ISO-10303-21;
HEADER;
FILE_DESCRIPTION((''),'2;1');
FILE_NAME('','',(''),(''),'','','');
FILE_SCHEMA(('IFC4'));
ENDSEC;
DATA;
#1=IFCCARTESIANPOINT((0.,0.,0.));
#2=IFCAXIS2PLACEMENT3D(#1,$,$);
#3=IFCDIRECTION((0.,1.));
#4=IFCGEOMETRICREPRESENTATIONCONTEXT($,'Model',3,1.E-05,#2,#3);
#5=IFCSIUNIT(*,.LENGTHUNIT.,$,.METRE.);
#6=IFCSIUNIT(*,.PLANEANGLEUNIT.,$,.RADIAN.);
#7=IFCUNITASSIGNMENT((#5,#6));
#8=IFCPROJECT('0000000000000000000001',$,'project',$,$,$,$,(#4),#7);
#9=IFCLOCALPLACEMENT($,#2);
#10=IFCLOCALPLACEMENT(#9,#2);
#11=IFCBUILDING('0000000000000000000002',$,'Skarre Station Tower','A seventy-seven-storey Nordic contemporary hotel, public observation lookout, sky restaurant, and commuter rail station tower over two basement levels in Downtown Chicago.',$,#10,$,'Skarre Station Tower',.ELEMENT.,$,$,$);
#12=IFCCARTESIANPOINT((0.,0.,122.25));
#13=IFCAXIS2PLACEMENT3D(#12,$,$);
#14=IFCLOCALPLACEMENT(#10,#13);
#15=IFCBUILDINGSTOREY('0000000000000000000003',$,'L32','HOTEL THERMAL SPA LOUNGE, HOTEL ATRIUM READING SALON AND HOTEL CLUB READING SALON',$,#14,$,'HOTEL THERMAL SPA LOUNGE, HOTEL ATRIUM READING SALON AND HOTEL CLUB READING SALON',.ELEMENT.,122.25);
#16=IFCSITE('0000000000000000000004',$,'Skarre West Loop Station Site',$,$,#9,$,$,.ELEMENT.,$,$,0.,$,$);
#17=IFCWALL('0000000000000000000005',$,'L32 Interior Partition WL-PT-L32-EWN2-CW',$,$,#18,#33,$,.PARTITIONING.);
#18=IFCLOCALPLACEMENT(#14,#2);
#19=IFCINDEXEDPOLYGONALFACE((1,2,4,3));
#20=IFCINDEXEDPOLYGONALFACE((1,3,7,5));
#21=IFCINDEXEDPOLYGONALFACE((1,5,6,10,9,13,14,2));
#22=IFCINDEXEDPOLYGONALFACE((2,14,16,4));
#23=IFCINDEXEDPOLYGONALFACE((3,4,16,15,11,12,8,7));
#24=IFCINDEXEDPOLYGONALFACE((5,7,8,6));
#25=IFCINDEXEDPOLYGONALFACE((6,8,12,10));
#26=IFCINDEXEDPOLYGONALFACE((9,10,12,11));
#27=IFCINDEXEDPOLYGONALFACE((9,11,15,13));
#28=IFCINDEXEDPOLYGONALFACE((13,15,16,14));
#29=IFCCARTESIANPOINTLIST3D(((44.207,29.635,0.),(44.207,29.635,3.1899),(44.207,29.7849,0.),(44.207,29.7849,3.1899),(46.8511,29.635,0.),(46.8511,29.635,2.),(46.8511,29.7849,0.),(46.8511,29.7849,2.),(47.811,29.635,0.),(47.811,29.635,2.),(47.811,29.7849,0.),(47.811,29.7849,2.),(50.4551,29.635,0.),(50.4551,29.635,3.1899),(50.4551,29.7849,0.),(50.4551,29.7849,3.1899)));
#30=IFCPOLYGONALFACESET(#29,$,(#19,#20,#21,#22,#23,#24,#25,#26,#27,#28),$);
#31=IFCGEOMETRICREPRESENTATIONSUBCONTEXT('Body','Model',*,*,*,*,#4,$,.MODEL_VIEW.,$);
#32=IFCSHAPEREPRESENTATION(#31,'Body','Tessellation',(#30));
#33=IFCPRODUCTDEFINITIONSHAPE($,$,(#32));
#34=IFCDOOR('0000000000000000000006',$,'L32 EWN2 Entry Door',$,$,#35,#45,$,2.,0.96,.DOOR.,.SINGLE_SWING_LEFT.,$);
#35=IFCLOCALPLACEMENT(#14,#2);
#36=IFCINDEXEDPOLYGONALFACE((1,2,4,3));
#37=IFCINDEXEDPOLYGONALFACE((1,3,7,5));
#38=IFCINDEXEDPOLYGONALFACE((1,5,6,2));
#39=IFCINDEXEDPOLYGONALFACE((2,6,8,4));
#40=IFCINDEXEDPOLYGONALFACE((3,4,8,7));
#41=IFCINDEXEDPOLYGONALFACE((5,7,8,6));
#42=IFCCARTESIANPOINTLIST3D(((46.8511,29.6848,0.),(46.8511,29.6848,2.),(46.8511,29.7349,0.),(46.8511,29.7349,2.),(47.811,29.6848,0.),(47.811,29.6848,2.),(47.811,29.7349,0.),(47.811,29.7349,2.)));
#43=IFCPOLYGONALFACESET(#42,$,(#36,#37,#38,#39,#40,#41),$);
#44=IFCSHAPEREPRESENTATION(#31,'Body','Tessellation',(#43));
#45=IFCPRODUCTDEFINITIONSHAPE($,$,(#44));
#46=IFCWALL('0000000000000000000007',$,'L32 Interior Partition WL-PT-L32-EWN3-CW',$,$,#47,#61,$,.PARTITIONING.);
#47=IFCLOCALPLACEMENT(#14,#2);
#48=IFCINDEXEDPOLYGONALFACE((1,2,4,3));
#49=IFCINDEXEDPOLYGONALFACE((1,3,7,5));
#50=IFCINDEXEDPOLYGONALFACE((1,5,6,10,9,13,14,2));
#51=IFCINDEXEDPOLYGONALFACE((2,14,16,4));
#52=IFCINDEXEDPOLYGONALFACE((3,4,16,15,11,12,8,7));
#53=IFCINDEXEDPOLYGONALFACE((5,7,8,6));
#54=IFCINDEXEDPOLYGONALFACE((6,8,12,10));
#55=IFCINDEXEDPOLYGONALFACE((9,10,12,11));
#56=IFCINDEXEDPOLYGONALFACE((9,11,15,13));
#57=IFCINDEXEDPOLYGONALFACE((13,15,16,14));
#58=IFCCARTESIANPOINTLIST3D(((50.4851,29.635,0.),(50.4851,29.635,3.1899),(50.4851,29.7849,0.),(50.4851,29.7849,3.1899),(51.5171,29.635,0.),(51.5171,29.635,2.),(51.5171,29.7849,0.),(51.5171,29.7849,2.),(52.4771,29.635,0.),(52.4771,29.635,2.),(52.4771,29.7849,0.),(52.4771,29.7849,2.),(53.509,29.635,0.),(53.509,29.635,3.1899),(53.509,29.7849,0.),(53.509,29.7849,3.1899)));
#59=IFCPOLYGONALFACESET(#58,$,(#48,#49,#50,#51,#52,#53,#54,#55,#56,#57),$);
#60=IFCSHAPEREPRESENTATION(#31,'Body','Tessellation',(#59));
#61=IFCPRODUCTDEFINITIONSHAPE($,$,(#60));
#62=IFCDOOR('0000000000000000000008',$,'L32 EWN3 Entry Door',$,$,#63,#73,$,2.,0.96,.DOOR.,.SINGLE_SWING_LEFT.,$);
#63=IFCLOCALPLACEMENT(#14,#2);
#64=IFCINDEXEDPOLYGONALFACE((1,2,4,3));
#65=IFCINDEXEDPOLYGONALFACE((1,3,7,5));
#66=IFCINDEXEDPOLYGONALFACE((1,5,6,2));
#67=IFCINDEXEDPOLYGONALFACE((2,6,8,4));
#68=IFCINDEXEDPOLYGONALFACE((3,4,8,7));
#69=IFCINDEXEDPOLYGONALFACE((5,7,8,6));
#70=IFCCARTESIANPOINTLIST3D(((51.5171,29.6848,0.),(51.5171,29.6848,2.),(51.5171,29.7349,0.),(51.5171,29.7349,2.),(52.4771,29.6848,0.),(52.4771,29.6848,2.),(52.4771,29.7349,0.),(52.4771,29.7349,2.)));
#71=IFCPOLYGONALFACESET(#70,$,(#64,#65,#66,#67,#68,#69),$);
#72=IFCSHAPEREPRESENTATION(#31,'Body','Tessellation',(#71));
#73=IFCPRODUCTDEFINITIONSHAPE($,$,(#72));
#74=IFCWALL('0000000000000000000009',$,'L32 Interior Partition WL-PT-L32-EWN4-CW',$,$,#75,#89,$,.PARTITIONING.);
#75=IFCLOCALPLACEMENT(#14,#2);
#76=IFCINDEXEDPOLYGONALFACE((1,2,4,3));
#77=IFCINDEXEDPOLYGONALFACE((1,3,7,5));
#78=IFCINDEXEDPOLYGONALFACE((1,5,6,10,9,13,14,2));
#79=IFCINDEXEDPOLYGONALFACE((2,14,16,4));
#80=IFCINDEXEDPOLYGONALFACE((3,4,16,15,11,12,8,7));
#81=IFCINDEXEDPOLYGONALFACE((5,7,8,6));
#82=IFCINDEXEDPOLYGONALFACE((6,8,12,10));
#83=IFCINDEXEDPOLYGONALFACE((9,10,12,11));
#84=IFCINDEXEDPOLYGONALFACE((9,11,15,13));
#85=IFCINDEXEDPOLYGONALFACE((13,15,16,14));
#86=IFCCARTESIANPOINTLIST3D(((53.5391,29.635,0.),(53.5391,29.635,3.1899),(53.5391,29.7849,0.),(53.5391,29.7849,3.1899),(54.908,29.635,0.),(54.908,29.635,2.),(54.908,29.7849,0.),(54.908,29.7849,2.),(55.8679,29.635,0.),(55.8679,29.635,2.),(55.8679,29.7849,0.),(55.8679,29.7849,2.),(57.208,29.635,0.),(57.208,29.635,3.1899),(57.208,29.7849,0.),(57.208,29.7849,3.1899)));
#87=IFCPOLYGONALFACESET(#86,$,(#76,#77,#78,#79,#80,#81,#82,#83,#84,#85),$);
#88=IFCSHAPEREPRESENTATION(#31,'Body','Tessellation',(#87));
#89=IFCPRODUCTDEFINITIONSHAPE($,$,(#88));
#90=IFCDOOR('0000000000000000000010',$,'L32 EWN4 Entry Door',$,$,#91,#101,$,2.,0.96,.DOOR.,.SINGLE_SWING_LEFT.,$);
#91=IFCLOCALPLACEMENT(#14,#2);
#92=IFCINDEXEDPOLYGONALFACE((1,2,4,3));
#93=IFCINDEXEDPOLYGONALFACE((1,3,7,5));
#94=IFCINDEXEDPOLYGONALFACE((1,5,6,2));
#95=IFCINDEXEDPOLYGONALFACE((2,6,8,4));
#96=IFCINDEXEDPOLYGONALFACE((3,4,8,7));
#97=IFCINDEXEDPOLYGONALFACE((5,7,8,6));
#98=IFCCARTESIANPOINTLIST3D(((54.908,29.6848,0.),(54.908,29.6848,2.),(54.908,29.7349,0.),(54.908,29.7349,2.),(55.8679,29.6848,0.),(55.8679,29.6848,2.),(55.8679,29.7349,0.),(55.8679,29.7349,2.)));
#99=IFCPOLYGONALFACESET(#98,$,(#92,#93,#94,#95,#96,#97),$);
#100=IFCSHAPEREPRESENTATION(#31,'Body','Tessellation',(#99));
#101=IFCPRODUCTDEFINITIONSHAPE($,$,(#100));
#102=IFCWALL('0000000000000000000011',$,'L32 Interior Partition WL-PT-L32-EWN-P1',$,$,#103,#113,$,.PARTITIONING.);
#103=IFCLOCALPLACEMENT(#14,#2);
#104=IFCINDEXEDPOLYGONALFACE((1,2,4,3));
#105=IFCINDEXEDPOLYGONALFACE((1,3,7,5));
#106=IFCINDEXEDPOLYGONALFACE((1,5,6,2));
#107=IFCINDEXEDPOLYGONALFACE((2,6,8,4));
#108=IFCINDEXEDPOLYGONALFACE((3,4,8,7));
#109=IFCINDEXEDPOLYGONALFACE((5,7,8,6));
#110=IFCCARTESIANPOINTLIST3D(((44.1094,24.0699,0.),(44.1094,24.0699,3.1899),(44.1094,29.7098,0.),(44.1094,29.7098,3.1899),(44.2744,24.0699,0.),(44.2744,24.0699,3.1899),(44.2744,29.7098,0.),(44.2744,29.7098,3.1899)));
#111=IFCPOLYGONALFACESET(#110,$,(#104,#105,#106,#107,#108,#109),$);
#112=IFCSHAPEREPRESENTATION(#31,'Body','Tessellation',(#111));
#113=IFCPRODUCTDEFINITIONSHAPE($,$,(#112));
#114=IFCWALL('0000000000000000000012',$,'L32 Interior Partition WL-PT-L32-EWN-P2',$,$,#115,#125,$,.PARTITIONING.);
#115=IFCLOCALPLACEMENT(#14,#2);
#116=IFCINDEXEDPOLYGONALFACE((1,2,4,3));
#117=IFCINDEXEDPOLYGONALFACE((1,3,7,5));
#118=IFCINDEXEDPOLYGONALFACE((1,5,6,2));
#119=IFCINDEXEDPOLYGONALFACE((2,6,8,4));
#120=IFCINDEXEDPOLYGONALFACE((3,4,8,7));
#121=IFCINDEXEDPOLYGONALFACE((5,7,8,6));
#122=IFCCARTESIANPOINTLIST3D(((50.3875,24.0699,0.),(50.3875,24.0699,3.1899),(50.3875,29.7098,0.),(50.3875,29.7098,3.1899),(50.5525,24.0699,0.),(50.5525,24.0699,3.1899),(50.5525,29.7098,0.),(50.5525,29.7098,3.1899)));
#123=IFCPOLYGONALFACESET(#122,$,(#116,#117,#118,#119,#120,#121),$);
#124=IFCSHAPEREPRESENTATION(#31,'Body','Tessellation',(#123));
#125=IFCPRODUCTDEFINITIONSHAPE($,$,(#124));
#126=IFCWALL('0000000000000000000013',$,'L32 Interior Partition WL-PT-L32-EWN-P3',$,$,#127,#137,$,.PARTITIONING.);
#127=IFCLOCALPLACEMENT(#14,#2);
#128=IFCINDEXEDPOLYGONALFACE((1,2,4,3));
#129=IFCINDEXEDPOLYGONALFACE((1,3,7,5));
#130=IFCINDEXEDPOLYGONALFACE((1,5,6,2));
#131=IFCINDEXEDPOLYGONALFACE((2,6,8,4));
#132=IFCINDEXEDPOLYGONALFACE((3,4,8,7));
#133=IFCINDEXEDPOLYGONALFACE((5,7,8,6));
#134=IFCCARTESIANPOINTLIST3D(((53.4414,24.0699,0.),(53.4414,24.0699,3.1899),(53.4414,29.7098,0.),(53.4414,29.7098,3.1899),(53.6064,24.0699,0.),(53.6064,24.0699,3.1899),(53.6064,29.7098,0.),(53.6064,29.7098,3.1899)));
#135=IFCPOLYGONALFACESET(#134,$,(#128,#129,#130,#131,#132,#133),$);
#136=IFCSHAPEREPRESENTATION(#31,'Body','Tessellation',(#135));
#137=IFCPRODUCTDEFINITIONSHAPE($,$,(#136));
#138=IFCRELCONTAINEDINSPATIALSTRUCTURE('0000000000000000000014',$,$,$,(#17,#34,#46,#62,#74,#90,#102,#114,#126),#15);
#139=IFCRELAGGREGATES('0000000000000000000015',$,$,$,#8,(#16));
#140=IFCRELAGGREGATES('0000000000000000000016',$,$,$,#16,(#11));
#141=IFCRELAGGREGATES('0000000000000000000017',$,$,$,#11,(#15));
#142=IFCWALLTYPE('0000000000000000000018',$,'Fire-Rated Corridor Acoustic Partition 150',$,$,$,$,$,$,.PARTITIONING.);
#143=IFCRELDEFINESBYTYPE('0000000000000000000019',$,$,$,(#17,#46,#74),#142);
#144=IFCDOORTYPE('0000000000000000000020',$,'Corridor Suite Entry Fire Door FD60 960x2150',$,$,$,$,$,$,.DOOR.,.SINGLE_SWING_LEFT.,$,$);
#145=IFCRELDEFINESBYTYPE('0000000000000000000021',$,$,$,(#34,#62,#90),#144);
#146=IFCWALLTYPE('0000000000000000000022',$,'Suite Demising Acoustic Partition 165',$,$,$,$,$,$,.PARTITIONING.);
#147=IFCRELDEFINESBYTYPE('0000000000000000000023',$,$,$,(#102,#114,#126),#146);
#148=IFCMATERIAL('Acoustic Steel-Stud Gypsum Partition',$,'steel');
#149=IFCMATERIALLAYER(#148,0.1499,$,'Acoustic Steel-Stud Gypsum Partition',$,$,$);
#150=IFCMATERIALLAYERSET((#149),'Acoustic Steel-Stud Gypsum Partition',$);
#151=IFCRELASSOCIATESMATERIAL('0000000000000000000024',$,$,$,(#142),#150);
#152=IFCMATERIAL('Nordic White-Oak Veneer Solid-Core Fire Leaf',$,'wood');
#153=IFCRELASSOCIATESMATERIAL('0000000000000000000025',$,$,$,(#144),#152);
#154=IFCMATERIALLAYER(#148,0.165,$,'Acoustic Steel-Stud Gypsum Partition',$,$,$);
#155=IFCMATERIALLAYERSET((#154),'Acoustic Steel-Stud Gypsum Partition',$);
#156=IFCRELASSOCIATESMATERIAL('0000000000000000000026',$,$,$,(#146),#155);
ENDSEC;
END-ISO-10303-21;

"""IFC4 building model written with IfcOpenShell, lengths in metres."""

from ifc_helpers import new_model, si_unit, direction, frame, frame_2d, origin, place, context, subcontext, project, spatial, rectangle, extrude, material, layer, layer_set, type_object, element, fill, save


model = new_model("IFC4")

# Units and contexts
model_context = context("Model", 3, precision=1e-05, world=origin(), true_north=direction((0.0, 1.0)))
body_context = subcontext(model_context, "Body", "Model", "MODEL_VIEW")
ifc_project = project(units=[si_unit("LENGTHUNIT", "METRE"), si_unit("PLANEANGLEUNIT", "RADIAN")], contexts=[model_context])

# Site, building, storey
site_placement = place(None, origin())
site = spatial("IfcSite", under=ifc_project, at=site_placement, Name="Skarre West Loop Station Site", CompositionType="ELEMENT", RefElevation=0.0)
building_placement = place(site_placement, origin())
building = spatial("IfcBuilding", under=site, at=building_placement, Name="Skarre Station Tower", Description="A seventy-seven-storey Nordic contemporary hotel, public observation lookout, sky restaurant, and commuter rail station tower over two basement levels in Downtown Chicago.", LongName="Skarre Station Tower", CompositionType="ELEMENT")
storey_placement = place(building_placement, frame((0.0, 0.0, 122.25)))
storey = spatial("IfcBuildingStorey", under=building, at=storey_placement, Name="L32", Description="HOTEL THERMAL SPA LOUNGE, HOTEL ATRIUM READING SALON AND HOTEL CLUB READING SALON", LongName="HOTEL THERMAL SPA LOUNGE, HOTEL ATRIUM READING SALON AND HOTEL CLUB READING SALON", CompositionType="ELEMENT", Elevation=122.25)

# Walls, openings, doors
ifc_material_1 = material(Name="Acoustic Steel-Stud Gypsum Partition", Category="steel")
ifc_layer_1 = layer(ifc_material_1, 0.1499, Name="Acoustic Steel-Stud Gypsum Partition")
ifc_layer_set_1 = layer_set([ifc_layer_1], Name="Acoustic Steel-Stud Gypsum Partition")
wall_type_1 = type_object("IfcWallType", Name="Fire-Rated Corridor Acoustic Partition 150", PredefinedType="PARTITIONING", material=ifc_layer_set_1)
ifc_material_2 = material(Name="Nordic White-Oak Veneer Solid-Core Fire Leaf", Category="wood")
door_type = type_object("IfcDoorType", Name="Corridor Suite Entry Fire Door FD60 960x2150", OperationType="SINGLE_SWING_LEFT", PredefinedType="DOOR", material=ifc_material_2)
wall_1_placement = place(storey_placement, frame((44.207, 29.71, 0.0), z_axis=(0.0, 0.0, 1.0), x_axis=(1.0, 0.0, 0.0)))
wall_1 = element("IfcWall", 1, at=wall_1_placement, inside=storey, type_object=wall_type_1, Name="L32 Interior Partition WL-PT-L32-EWN2-CW", PredefinedType="PARTITIONING", context=body_context, shape_type="SweptSolid", body=[
    extrude(rectangle(XDim=6.248, YDim=0.1499, at=frame_2d((3.124, 0.0))), origin(), (0.0, 0.0, 1.0), 3.1899),
])
opening_1_placement = place(wall_1_placement, frame((2.644, 0.0, 0.0)))
opening_1 = element("IfcOpeningElement", 2, at=opening_1_placement, cuts=wall_1, PredefinedType="OPENING", context=body_context, shape_type="SweptSolid", body=[
    extrude(rectangle(XDim=0.96, YDim=2.0, at=frame_2d((0.48, 1.0))), frame((0.0, 0.085, 0.0), z_axis=(0.0, -1.0, 0.0), x_axis=(1.0, 0.0, 0.0)), (0.0, 0.0, 1.0), 0.1699),
])
door_1_placement = place(opening_1_placement, origin())
door_1 = element("IfcDoor", 3, at=door_1_placement, inside=storey, type_object=door_type, Name="L32 EWN2 Entry Door", OperationType="SINGLE_SWING_LEFT", OverallHeight=2.0, OverallWidth=0.96, PredefinedType="DOOR", context=body_context, shape_type="SweptSolid", body=[
    extrude(rectangle(XDim=0.96, YDim=2.0, at=frame_2d((0.48, 1.0))), frame((0.0, 0.0249, 0.0), z_axis=(0.0, -1.0, 0.0), x_axis=(1.0, 0.0, 0.0)), (0.0, 0.0, 1.0), 0.05),
])
fill(opening_1, door_1)
wall_2_placement = place(storey_placement, frame((50.4851, 29.71, 0.0), z_axis=(0.0, 0.0, 1.0), x_axis=(1.0, 0.0, 0.0)))
wall_2 = element("IfcWall", 4, at=wall_2_placement, inside=storey, type_object=wall_type_1, Name="L32 Interior Partition WL-PT-L32-EWN3-CW", PredefinedType="PARTITIONING", context=body_context, shape_type="SweptSolid", body=[
    extrude(rectangle(XDim=3.0239, YDim=0.1499, at=frame_2d((1.512, 0.0))), origin(), (0.0, 0.0, 1.0), 3.1899),
])
opening_2_placement = place(wall_2_placement, frame((1.032, 0.0, 0.0)))
opening_2 = element("IfcOpeningElement", 5, at=opening_2_placement, cuts=wall_2, PredefinedType="OPENING", context=body_context, shape_type="SweptSolid", body=[
    extrude(rectangle(XDim=0.96, YDim=2.0, at=frame_2d((0.48, 1.0))), frame((0.0, 0.085, 0.0), z_axis=(0.0, -1.0, 0.0), x_axis=(1.0, 0.0, 0.0)), (0.0, 0.0, 1.0), 0.1699),
])
door_2_placement = place(opening_2_placement, origin())
door_2 = element("IfcDoor", 6, at=door_2_placement, inside=storey, type_object=door_type, Name="L32 EWN3 Entry Door", OperationType="SINGLE_SWING_LEFT", OverallHeight=2.0, OverallWidth=0.96, PredefinedType="DOOR", context=body_context, shape_type="SweptSolid", body=[
    extrude(rectangle(XDim=0.96, YDim=2.0, at=frame_2d((0.48, 1.0))), frame((0.0, 0.0249, 0.0), z_axis=(0.0, -1.0, 0.0), x_axis=(1.0, 0.0, 0.0)), (0.0, 0.0, 1.0), 0.05),
])
fill(opening_2, door_2)
wall_3_placement = place(storey_placement, frame((53.5391, 29.71, 0.0), z_axis=(0.0, 0.0, 1.0), x_axis=(1.0, 0.0, 0.0)))
wall_3 = element("IfcWall", 7, at=wall_3_placement, inside=storey, type_object=wall_type_1, Name="L32 Interior Partition WL-PT-L32-EWN4-CW", PredefinedType="PARTITIONING", context=body_context, shape_type="SweptSolid", body=[
    extrude(rectangle(XDim=3.6689, YDim=0.1499, at=frame_2d((1.8345, 0.0))), origin(), (0.0, 0.0, 1.0), 3.1899),
])
opening_3_placement = place(wall_3_placement, frame((1.3689, 0.0, 0.0)))
opening_3 = element("IfcOpeningElement", 8, at=opening_3_placement, cuts=wall_3, PredefinedType="OPENING", context=body_context, shape_type="SweptSolid", body=[
    extrude(rectangle(XDim=0.96, YDim=2.0, at=frame_2d((0.48, 1.0))), frame((0.0, 0.085, 0.0), z_axis=(0.0, -1.0, 0.0), x_axis=(1.0, 0.0, 0.0)), (0.0, 0.0, 1.0), 0.1699),
])
door_3_placement = place(opening_3_placement, origin())
door_3 = element("IfcDoor", 9, at=door_3_placement, inside=storey, type_object=door_type, Name="L32 EWN4 Entry Door", OperationType="SINGLE_SWING_LEFT", OverallHeight=2.0, OverallWidth=0.96, PredefinedType="DOOR", context=body_context, shape_type="SweptSolid", body=[
    extrude(rectangle(XDim=0.96, YDim=2.0, at=frame_2d((0.48, 1.0))), frame((0.0, 0.0249, 0.0), z_axis=(0.0, -1.0, 0.0), x_axis=(1.0, 0.0, 0.0)), (0.0, 0.0, 1.0), 0.05),
])
fill(opening_3, door_3)

# Walls
ifc_layer_2 = layer(ifc_material_1, 0.165, Name="Acoustic Steel-Stud Gypsum Partition")
ifc_layer_set_2 = layer_set([ifc_layer_2], Name="Acoustic Steel-Stud Gypsum Partition")
wall_type_2 = type_object("IfcWallType", Name="Suite Demising Acoustic Partition 165", PredefinedType="PARTITIONING", material=ifc_layer_set_2)
for number, where, z_axis, x_axis, name in (
    (10, (44.1919, 24.0701, 0.0), (0.0, 0.0, 1.0), (0.0, 1.0, 0.0), "L32 Interior Partition WL-PT-L32-EWN-P1"),
    (11, (50.47, 24.0701, 0.0), (0.0, 0.0, 1.0), (0.0, 1.0, 0.0), "L32 Interior Partition WL-PT-L32-EWN-P2"),
    (12, (53.5239, 24.0701, 0.0), (0.0, 0.0, 1.0), (0.0, 1.0, 0.0), "L32 Interior Partition WL-PT-L32-EWN-P3"),
):
    element("IfcWall", number, at=place(storey_placement, frame(where, z_axis=z_axis, x_axis=x_axis)), inside=storey, type_object=wall_type_2, Name=name, PredefinedType="PARTITIONING", context=body_context, shape_type="SweptSolid", body=[
        extrude(rectangle(XDim=5.6399, YDim=0.165, at=frame_2d((2.8198, 0.0))), origin(), (0.0, 0.0, 1.0), 3.1899),
    ])

save(model, "model.ifc")
